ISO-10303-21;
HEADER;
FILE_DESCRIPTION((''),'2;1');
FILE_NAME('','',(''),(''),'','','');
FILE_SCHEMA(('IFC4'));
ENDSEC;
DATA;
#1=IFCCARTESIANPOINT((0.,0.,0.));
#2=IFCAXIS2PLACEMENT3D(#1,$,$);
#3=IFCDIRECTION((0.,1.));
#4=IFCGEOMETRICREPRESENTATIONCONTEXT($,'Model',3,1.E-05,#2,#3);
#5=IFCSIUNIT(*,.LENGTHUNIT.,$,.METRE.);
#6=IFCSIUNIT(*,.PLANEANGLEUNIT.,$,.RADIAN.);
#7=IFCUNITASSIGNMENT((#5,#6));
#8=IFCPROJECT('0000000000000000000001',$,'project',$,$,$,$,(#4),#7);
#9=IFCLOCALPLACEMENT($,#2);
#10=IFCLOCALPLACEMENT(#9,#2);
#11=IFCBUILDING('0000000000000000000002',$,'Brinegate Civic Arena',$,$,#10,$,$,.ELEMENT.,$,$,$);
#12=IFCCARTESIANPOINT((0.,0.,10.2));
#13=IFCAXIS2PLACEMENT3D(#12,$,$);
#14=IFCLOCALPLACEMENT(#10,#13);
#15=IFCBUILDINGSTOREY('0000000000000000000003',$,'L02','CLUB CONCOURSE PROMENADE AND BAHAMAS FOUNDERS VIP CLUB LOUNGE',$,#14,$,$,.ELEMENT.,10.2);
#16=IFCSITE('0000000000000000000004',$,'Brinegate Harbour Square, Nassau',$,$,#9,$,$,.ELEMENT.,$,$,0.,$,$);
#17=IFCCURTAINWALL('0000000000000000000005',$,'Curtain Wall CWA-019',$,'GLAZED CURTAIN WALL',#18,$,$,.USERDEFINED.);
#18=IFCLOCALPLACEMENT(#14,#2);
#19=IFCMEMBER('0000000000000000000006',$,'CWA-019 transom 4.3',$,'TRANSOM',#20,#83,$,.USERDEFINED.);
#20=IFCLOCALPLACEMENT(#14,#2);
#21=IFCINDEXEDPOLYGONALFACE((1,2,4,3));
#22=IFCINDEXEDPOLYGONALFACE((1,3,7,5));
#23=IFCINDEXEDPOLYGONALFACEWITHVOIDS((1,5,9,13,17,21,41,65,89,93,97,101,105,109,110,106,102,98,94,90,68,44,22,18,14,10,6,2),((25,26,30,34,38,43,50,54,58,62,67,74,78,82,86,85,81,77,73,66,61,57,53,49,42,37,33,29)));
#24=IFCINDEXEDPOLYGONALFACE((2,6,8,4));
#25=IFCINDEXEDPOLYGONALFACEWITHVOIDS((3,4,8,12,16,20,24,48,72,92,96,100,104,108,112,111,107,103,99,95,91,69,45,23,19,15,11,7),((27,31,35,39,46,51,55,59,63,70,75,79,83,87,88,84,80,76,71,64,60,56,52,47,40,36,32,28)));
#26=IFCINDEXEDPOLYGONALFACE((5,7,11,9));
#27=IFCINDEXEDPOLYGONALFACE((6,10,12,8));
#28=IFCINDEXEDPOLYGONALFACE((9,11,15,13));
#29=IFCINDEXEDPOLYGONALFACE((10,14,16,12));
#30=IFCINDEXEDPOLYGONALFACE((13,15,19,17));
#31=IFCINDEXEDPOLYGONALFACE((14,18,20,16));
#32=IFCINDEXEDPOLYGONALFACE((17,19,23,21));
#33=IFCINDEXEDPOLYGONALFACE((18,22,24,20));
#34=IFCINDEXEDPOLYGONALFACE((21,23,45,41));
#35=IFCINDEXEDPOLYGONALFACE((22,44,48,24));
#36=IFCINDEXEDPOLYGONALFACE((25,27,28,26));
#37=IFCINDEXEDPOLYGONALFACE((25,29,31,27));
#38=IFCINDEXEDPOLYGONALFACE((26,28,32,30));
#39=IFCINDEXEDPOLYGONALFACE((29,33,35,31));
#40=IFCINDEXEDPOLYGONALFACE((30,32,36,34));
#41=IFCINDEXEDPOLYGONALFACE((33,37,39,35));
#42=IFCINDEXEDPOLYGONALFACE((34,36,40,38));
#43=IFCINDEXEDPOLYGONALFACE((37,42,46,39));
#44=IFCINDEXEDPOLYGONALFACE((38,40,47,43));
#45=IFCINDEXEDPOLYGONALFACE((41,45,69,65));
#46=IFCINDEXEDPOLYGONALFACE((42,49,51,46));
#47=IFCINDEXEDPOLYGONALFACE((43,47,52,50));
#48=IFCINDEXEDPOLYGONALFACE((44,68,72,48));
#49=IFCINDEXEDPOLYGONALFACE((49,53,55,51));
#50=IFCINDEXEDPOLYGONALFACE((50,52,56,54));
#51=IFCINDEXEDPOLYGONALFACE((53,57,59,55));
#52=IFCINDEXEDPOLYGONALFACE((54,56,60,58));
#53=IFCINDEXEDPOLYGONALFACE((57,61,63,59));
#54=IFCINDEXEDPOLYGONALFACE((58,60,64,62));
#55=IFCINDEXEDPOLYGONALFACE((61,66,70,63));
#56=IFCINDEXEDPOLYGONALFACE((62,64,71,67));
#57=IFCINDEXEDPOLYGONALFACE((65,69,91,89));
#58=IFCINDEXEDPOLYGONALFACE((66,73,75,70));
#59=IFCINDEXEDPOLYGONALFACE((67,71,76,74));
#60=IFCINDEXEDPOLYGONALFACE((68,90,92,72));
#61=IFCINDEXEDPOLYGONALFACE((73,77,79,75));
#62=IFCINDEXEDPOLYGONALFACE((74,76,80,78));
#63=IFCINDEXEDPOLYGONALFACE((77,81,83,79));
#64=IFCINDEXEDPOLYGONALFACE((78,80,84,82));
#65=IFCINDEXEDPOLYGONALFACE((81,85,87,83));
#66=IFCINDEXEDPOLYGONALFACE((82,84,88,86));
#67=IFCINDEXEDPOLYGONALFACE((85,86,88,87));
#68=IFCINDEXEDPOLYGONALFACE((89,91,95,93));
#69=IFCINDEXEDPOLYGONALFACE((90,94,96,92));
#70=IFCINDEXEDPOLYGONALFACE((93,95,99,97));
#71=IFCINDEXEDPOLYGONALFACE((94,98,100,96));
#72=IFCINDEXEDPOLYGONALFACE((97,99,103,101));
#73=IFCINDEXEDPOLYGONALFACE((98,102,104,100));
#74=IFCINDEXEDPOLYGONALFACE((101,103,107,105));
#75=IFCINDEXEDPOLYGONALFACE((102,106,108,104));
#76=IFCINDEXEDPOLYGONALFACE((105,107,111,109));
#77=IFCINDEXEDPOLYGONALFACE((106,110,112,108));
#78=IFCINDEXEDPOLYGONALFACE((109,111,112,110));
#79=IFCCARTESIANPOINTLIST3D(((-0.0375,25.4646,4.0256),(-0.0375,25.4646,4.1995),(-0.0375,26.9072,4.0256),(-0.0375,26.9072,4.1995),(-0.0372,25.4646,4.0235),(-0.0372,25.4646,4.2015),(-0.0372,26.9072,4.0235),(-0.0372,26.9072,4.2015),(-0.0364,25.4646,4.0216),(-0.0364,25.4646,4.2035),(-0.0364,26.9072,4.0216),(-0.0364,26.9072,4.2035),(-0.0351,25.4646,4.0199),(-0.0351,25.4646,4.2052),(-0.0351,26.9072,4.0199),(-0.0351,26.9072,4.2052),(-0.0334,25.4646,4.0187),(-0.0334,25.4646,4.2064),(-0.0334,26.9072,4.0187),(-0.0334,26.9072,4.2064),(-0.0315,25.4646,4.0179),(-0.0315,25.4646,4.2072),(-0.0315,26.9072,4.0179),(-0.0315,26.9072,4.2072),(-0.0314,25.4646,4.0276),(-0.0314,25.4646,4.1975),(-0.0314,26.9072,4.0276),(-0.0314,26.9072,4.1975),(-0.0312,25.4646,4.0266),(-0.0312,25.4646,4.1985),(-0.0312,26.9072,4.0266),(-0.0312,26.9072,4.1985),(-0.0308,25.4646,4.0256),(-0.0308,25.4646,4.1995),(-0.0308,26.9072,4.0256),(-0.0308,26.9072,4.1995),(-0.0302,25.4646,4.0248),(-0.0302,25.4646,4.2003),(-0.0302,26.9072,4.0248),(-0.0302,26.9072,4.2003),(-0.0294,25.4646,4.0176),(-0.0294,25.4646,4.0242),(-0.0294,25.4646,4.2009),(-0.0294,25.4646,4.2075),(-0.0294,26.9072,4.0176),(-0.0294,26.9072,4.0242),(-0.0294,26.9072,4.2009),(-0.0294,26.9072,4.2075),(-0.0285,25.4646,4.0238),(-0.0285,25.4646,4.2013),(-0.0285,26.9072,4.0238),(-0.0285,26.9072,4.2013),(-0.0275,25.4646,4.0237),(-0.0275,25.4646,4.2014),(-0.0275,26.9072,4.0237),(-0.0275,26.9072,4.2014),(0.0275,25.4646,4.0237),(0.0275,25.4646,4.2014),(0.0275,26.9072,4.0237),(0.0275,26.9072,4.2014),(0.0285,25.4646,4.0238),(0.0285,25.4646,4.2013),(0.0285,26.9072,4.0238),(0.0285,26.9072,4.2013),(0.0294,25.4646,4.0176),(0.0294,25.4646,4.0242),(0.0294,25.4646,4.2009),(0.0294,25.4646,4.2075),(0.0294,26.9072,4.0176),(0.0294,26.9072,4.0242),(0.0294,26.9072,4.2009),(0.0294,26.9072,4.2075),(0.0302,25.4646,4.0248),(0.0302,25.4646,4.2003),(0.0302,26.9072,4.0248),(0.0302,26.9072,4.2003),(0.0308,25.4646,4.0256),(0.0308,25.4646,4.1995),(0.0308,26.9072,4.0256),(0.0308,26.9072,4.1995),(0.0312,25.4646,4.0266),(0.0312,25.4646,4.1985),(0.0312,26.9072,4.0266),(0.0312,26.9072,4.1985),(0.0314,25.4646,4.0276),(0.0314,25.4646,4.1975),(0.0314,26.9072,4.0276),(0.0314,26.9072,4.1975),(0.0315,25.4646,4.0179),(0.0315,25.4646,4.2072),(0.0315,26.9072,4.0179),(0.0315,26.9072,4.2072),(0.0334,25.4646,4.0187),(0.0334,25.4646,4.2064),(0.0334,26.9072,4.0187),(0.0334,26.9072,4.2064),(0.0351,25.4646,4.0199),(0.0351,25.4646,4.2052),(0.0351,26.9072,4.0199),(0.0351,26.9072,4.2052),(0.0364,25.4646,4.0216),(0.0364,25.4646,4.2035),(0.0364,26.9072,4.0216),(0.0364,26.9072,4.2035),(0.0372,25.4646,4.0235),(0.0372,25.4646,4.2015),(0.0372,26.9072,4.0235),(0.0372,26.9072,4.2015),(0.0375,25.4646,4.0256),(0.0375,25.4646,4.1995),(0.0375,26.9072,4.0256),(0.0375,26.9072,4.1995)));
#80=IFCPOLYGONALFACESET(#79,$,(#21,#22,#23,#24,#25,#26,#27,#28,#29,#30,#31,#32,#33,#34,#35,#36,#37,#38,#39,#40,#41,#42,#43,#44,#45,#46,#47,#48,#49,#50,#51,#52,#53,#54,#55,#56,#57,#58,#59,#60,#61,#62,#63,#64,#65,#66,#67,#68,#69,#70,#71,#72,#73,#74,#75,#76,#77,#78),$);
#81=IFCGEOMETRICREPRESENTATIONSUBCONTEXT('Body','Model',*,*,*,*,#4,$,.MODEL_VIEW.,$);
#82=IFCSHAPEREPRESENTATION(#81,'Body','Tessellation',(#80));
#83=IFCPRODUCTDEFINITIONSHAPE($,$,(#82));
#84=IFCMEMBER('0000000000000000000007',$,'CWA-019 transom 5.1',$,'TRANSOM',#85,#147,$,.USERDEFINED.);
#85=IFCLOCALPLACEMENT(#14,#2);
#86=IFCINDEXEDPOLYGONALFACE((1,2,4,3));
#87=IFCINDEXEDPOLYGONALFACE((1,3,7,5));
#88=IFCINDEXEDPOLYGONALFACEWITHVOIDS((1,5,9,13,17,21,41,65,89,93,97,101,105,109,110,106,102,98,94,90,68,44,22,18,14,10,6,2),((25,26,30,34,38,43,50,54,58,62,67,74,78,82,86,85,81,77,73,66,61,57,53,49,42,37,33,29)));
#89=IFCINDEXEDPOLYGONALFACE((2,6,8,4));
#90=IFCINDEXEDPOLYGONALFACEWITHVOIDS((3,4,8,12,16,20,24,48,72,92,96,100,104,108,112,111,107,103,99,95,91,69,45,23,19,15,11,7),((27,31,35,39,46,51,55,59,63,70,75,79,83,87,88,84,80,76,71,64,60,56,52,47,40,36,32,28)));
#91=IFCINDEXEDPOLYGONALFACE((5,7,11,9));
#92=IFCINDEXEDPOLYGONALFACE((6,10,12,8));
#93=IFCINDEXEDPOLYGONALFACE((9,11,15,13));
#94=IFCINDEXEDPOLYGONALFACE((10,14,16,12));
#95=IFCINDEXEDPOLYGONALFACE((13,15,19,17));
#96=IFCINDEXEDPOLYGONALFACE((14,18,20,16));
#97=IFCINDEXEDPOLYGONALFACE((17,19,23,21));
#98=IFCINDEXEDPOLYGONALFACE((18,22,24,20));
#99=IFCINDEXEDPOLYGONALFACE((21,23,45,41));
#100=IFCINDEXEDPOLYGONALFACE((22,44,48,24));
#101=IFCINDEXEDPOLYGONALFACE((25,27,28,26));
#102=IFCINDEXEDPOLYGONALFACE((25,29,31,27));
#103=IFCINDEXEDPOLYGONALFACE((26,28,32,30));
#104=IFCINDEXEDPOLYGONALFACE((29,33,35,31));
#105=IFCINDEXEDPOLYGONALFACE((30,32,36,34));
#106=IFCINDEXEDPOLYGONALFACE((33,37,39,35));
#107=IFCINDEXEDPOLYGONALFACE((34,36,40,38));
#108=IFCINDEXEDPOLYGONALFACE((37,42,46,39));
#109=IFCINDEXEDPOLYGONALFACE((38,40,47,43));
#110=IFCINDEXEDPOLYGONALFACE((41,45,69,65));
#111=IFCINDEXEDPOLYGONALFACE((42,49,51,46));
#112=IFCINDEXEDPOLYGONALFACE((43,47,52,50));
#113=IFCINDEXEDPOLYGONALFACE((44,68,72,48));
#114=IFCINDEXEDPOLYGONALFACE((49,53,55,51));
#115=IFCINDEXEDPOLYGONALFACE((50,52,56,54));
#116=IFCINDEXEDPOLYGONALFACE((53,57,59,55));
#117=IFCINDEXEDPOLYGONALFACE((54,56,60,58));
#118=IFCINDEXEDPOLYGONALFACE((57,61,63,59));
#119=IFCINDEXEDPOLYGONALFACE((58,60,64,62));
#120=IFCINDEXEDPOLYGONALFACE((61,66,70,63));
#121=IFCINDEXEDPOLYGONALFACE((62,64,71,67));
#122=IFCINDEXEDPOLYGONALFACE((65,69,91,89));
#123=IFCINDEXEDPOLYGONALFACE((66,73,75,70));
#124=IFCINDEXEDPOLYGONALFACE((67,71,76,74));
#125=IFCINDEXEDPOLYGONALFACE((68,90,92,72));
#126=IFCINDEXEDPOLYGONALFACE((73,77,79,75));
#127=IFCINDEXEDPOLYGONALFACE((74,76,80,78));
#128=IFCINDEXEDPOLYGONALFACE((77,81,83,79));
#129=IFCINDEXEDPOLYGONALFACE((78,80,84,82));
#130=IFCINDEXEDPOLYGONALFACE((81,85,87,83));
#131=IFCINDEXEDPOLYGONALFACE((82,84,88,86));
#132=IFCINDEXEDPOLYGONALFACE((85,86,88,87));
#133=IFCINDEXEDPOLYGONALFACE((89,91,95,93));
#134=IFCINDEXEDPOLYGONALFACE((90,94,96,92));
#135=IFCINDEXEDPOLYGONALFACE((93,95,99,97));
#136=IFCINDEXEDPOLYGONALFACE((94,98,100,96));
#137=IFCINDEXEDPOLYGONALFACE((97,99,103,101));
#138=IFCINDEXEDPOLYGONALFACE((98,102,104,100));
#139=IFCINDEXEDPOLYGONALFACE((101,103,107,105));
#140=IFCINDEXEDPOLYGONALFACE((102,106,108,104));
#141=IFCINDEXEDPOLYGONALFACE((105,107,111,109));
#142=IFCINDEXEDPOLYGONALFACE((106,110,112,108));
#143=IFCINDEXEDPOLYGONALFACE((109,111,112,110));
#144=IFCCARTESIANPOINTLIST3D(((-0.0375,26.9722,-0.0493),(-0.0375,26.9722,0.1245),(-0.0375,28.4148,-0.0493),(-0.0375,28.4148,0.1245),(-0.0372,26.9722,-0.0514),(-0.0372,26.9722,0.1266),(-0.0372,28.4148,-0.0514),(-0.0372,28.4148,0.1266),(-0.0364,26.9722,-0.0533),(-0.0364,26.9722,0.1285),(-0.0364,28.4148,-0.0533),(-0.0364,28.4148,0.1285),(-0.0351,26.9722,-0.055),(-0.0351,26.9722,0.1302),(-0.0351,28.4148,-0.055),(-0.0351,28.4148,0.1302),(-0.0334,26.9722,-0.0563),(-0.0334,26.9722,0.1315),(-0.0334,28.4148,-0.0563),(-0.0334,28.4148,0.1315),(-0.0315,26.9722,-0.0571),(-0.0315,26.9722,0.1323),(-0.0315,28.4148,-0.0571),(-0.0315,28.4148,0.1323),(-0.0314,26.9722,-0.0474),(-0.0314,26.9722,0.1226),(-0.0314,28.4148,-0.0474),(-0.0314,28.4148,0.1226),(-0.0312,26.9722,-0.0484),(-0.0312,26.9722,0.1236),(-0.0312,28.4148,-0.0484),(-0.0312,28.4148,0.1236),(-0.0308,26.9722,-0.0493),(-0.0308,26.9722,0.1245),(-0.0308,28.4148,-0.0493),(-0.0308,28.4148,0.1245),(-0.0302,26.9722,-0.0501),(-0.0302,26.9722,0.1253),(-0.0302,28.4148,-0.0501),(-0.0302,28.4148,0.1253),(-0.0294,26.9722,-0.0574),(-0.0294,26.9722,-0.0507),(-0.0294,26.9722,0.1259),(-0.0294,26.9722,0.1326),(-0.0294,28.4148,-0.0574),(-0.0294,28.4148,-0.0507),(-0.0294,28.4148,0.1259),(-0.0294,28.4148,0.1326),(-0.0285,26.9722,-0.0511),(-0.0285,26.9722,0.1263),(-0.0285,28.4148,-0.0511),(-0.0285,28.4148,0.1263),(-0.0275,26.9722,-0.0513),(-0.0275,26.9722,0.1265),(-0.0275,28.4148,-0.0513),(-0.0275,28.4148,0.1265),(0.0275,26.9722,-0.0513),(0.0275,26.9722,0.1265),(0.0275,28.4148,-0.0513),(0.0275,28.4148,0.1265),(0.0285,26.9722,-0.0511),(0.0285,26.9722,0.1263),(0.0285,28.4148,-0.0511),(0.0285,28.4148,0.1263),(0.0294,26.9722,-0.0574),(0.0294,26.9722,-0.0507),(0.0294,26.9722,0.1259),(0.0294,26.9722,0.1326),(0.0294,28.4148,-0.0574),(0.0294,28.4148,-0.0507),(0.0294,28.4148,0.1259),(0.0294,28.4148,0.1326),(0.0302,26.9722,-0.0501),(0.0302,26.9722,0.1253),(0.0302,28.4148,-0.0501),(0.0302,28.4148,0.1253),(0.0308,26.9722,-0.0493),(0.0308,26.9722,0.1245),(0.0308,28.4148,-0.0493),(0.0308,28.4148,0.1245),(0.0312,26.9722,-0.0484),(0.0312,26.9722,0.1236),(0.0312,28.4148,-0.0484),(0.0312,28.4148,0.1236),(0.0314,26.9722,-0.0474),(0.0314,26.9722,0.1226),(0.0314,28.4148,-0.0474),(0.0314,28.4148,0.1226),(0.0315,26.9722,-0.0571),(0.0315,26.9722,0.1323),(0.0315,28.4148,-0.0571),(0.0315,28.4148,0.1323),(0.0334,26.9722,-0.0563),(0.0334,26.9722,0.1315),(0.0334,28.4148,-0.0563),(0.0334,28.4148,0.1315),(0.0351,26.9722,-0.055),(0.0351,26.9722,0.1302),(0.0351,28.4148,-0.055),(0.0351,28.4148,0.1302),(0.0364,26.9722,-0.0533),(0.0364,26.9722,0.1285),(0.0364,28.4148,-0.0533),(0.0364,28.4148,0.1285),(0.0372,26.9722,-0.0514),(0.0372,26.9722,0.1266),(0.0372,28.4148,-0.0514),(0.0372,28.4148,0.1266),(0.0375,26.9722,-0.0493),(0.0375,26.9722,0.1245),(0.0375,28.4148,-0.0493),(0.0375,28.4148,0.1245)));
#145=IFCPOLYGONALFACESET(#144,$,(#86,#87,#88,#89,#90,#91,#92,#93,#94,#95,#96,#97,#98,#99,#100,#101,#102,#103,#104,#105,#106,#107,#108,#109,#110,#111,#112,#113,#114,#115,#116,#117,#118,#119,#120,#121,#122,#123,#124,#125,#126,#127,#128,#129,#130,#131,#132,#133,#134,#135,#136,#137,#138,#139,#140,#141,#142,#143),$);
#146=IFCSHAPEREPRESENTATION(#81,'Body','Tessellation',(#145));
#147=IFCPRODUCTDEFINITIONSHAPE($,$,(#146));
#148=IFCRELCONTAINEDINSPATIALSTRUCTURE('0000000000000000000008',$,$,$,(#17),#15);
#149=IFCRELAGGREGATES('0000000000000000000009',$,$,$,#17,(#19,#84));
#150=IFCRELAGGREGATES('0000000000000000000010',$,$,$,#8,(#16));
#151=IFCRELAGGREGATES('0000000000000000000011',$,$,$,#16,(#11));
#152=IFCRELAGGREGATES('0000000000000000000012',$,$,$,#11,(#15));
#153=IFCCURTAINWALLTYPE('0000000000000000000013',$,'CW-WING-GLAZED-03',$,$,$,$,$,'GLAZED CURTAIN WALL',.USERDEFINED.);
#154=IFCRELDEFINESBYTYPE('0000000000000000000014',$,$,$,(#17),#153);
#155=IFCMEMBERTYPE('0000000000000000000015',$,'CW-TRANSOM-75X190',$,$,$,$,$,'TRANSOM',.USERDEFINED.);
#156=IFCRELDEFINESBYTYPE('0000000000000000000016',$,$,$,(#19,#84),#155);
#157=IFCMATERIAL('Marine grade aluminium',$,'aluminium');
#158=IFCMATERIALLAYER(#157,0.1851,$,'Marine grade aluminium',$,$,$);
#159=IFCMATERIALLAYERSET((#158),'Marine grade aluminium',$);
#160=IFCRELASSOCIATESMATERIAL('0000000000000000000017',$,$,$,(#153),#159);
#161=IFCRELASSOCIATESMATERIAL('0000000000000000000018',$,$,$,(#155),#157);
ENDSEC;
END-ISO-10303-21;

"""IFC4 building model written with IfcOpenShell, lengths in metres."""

from ifc_helpers import new_model, si_unit, direction, frame, origin, origin_2d, place, context, subcontext, project, spatial, hollow_rectangle, extrude, material, layer, layer_set, material_profile, profile_set, type_object, element, aggregate, save


model = new_model("IFC4")

# Units and contexts
model_context = context("Model", 3, precision=1e-05, world=origin(), true_north=direction((0.0, 1.0)))
body_context = subcontext(model_context, "Body", "Model", "MODEL_VIEW")
ifc_project = project(units=[si_unit("LENGTHUNIT", "METRE"), si_unit("PLANEANGLEUNIT", "RADIAN")], contexts=[model_context])

# Site, building, storey
site_placement = place(None, origin())
site = spatial("IfcSite", under=ifc_project, at=site_placement, Name="Brinegate Harbour Square, Nassau", CompositionType="ELEMENT", RefElevation=0.0)
building_placement = place(site_placement, origin())
building = spatial("IfcBuilding", under=site, at=building_placement, Name="Brinegate Civic Arena", CompositionType="ELEMENT")
storey_placement = place(building_placement, frame((0.0, 0.0, 10.2)))
storey = spatial("IfcBuildingStorey", under=building, at=storey_placement, Name="L02", Description="CLUB CONCOURSE PROMENADE AND BAHAMAS FOUNDERS VIP CLUB LOUNGE", CompositionType="ELEMENT", Elevation=10.2)

# Curtain wall, members
ifc_material_1 = material(Name="Marine grade aluminium", Category="aluminium")
ifc_layer_1 = layer(ifc_material_1, 0.1851, Name="Marine grade aluminium")
ifc_layer_set_1 = layer_set([ifc_layer_1], Name="Marine grade aluminium")
curtain_wall_type = type_object("IfcCurtainWallType", Name="CW-WING-GLAZED-03", ElementType="GLAZED CURTAIN WALL", PredefinedType="USERDEFINED", material=ifc_layer_set_1)
curtain_wall_placement = place(storey_placement, origin())
curtain_wall = element("IfcCurtainWall", 1, at=curtain_wall_placement, inside=storey, type_object=curtain_wall_type, Name="Curtain Wall CWA-019", ObjectType="GLAZED CURTAIN WALL", PredefinedType="USERDEFINED")
ifc_material_profile_1 = material_profile(ifc_material_1, hollow_rectangle(XDim=0.075, YDim=0.1899, WallThickness=0.0061, InnerFilletRadius=0.0039, OuterFilletRadius=0.0081, at=origin_2d()), Name="TRN75X190")
ifc_profile_set_1 = profile_set([ifc_material_profile_1], Name="Marine grade aluminium")
member_type_1 = type_object("IfcMemberType", Name="CW-TRANSOM-75X190", ElementType="TRANSOM", PredefinedType="USERDEFINED", material=ifc_profile_set_1)
member_1_placement = place(storey_placement, frame((0.0, 25.4646, 4.1125), z_axis=(0.0, 1.0, 0.0), x_axis=(-1.0, 0.0, 0.0)))
member_1 = element("IfcMember", 2, at=member_1_placement, type_object=member_type_1, Name="CWA-019 transom 4.3", ObjectType="TRANSOM", PredefinedType="USERDEFINED", context=body_context, shape_type="SweptSolid", body=[
    extrude(hollow_rectangle(XDim=0.075, YDim=0.1899, WallThickness=0.0061, InnerFilletRadius=0.0039, OuterFilletRadius=0.0081, at=origin_2d()), origin(), (0.0, 0.0, 1.0), 1.4426),
])
member_2_placement = place(storey_placement, frame((0.0, 26.9722, 0.0376), z_axis=(0.0, 1.0, 0.0), x_axis=(-1.0, 0.0, 0.0)))
member_2 = element("IfcMember", 3, at=member_2_placement, type_object=member_type_1, Name="CWA-019 transom 5.1", ObjectType="TRANSOM", PredefinedType="USERDEFINED", context=body_context, shape_type="SweptSolid", body=[
    extrude(hollow_rectangle(XDim=0.075, YDim=0.1899, WallThickness=0.0061, InnerFilletRadius=0.0039, OuterFilletRadius=0.0081, at=origin_2d()), origin(), (0.0, 0.0, 1.0), 1.4426),
])

aggregate(curtain_wall, [member_1, member_2])

save(model, "model.ifc")
